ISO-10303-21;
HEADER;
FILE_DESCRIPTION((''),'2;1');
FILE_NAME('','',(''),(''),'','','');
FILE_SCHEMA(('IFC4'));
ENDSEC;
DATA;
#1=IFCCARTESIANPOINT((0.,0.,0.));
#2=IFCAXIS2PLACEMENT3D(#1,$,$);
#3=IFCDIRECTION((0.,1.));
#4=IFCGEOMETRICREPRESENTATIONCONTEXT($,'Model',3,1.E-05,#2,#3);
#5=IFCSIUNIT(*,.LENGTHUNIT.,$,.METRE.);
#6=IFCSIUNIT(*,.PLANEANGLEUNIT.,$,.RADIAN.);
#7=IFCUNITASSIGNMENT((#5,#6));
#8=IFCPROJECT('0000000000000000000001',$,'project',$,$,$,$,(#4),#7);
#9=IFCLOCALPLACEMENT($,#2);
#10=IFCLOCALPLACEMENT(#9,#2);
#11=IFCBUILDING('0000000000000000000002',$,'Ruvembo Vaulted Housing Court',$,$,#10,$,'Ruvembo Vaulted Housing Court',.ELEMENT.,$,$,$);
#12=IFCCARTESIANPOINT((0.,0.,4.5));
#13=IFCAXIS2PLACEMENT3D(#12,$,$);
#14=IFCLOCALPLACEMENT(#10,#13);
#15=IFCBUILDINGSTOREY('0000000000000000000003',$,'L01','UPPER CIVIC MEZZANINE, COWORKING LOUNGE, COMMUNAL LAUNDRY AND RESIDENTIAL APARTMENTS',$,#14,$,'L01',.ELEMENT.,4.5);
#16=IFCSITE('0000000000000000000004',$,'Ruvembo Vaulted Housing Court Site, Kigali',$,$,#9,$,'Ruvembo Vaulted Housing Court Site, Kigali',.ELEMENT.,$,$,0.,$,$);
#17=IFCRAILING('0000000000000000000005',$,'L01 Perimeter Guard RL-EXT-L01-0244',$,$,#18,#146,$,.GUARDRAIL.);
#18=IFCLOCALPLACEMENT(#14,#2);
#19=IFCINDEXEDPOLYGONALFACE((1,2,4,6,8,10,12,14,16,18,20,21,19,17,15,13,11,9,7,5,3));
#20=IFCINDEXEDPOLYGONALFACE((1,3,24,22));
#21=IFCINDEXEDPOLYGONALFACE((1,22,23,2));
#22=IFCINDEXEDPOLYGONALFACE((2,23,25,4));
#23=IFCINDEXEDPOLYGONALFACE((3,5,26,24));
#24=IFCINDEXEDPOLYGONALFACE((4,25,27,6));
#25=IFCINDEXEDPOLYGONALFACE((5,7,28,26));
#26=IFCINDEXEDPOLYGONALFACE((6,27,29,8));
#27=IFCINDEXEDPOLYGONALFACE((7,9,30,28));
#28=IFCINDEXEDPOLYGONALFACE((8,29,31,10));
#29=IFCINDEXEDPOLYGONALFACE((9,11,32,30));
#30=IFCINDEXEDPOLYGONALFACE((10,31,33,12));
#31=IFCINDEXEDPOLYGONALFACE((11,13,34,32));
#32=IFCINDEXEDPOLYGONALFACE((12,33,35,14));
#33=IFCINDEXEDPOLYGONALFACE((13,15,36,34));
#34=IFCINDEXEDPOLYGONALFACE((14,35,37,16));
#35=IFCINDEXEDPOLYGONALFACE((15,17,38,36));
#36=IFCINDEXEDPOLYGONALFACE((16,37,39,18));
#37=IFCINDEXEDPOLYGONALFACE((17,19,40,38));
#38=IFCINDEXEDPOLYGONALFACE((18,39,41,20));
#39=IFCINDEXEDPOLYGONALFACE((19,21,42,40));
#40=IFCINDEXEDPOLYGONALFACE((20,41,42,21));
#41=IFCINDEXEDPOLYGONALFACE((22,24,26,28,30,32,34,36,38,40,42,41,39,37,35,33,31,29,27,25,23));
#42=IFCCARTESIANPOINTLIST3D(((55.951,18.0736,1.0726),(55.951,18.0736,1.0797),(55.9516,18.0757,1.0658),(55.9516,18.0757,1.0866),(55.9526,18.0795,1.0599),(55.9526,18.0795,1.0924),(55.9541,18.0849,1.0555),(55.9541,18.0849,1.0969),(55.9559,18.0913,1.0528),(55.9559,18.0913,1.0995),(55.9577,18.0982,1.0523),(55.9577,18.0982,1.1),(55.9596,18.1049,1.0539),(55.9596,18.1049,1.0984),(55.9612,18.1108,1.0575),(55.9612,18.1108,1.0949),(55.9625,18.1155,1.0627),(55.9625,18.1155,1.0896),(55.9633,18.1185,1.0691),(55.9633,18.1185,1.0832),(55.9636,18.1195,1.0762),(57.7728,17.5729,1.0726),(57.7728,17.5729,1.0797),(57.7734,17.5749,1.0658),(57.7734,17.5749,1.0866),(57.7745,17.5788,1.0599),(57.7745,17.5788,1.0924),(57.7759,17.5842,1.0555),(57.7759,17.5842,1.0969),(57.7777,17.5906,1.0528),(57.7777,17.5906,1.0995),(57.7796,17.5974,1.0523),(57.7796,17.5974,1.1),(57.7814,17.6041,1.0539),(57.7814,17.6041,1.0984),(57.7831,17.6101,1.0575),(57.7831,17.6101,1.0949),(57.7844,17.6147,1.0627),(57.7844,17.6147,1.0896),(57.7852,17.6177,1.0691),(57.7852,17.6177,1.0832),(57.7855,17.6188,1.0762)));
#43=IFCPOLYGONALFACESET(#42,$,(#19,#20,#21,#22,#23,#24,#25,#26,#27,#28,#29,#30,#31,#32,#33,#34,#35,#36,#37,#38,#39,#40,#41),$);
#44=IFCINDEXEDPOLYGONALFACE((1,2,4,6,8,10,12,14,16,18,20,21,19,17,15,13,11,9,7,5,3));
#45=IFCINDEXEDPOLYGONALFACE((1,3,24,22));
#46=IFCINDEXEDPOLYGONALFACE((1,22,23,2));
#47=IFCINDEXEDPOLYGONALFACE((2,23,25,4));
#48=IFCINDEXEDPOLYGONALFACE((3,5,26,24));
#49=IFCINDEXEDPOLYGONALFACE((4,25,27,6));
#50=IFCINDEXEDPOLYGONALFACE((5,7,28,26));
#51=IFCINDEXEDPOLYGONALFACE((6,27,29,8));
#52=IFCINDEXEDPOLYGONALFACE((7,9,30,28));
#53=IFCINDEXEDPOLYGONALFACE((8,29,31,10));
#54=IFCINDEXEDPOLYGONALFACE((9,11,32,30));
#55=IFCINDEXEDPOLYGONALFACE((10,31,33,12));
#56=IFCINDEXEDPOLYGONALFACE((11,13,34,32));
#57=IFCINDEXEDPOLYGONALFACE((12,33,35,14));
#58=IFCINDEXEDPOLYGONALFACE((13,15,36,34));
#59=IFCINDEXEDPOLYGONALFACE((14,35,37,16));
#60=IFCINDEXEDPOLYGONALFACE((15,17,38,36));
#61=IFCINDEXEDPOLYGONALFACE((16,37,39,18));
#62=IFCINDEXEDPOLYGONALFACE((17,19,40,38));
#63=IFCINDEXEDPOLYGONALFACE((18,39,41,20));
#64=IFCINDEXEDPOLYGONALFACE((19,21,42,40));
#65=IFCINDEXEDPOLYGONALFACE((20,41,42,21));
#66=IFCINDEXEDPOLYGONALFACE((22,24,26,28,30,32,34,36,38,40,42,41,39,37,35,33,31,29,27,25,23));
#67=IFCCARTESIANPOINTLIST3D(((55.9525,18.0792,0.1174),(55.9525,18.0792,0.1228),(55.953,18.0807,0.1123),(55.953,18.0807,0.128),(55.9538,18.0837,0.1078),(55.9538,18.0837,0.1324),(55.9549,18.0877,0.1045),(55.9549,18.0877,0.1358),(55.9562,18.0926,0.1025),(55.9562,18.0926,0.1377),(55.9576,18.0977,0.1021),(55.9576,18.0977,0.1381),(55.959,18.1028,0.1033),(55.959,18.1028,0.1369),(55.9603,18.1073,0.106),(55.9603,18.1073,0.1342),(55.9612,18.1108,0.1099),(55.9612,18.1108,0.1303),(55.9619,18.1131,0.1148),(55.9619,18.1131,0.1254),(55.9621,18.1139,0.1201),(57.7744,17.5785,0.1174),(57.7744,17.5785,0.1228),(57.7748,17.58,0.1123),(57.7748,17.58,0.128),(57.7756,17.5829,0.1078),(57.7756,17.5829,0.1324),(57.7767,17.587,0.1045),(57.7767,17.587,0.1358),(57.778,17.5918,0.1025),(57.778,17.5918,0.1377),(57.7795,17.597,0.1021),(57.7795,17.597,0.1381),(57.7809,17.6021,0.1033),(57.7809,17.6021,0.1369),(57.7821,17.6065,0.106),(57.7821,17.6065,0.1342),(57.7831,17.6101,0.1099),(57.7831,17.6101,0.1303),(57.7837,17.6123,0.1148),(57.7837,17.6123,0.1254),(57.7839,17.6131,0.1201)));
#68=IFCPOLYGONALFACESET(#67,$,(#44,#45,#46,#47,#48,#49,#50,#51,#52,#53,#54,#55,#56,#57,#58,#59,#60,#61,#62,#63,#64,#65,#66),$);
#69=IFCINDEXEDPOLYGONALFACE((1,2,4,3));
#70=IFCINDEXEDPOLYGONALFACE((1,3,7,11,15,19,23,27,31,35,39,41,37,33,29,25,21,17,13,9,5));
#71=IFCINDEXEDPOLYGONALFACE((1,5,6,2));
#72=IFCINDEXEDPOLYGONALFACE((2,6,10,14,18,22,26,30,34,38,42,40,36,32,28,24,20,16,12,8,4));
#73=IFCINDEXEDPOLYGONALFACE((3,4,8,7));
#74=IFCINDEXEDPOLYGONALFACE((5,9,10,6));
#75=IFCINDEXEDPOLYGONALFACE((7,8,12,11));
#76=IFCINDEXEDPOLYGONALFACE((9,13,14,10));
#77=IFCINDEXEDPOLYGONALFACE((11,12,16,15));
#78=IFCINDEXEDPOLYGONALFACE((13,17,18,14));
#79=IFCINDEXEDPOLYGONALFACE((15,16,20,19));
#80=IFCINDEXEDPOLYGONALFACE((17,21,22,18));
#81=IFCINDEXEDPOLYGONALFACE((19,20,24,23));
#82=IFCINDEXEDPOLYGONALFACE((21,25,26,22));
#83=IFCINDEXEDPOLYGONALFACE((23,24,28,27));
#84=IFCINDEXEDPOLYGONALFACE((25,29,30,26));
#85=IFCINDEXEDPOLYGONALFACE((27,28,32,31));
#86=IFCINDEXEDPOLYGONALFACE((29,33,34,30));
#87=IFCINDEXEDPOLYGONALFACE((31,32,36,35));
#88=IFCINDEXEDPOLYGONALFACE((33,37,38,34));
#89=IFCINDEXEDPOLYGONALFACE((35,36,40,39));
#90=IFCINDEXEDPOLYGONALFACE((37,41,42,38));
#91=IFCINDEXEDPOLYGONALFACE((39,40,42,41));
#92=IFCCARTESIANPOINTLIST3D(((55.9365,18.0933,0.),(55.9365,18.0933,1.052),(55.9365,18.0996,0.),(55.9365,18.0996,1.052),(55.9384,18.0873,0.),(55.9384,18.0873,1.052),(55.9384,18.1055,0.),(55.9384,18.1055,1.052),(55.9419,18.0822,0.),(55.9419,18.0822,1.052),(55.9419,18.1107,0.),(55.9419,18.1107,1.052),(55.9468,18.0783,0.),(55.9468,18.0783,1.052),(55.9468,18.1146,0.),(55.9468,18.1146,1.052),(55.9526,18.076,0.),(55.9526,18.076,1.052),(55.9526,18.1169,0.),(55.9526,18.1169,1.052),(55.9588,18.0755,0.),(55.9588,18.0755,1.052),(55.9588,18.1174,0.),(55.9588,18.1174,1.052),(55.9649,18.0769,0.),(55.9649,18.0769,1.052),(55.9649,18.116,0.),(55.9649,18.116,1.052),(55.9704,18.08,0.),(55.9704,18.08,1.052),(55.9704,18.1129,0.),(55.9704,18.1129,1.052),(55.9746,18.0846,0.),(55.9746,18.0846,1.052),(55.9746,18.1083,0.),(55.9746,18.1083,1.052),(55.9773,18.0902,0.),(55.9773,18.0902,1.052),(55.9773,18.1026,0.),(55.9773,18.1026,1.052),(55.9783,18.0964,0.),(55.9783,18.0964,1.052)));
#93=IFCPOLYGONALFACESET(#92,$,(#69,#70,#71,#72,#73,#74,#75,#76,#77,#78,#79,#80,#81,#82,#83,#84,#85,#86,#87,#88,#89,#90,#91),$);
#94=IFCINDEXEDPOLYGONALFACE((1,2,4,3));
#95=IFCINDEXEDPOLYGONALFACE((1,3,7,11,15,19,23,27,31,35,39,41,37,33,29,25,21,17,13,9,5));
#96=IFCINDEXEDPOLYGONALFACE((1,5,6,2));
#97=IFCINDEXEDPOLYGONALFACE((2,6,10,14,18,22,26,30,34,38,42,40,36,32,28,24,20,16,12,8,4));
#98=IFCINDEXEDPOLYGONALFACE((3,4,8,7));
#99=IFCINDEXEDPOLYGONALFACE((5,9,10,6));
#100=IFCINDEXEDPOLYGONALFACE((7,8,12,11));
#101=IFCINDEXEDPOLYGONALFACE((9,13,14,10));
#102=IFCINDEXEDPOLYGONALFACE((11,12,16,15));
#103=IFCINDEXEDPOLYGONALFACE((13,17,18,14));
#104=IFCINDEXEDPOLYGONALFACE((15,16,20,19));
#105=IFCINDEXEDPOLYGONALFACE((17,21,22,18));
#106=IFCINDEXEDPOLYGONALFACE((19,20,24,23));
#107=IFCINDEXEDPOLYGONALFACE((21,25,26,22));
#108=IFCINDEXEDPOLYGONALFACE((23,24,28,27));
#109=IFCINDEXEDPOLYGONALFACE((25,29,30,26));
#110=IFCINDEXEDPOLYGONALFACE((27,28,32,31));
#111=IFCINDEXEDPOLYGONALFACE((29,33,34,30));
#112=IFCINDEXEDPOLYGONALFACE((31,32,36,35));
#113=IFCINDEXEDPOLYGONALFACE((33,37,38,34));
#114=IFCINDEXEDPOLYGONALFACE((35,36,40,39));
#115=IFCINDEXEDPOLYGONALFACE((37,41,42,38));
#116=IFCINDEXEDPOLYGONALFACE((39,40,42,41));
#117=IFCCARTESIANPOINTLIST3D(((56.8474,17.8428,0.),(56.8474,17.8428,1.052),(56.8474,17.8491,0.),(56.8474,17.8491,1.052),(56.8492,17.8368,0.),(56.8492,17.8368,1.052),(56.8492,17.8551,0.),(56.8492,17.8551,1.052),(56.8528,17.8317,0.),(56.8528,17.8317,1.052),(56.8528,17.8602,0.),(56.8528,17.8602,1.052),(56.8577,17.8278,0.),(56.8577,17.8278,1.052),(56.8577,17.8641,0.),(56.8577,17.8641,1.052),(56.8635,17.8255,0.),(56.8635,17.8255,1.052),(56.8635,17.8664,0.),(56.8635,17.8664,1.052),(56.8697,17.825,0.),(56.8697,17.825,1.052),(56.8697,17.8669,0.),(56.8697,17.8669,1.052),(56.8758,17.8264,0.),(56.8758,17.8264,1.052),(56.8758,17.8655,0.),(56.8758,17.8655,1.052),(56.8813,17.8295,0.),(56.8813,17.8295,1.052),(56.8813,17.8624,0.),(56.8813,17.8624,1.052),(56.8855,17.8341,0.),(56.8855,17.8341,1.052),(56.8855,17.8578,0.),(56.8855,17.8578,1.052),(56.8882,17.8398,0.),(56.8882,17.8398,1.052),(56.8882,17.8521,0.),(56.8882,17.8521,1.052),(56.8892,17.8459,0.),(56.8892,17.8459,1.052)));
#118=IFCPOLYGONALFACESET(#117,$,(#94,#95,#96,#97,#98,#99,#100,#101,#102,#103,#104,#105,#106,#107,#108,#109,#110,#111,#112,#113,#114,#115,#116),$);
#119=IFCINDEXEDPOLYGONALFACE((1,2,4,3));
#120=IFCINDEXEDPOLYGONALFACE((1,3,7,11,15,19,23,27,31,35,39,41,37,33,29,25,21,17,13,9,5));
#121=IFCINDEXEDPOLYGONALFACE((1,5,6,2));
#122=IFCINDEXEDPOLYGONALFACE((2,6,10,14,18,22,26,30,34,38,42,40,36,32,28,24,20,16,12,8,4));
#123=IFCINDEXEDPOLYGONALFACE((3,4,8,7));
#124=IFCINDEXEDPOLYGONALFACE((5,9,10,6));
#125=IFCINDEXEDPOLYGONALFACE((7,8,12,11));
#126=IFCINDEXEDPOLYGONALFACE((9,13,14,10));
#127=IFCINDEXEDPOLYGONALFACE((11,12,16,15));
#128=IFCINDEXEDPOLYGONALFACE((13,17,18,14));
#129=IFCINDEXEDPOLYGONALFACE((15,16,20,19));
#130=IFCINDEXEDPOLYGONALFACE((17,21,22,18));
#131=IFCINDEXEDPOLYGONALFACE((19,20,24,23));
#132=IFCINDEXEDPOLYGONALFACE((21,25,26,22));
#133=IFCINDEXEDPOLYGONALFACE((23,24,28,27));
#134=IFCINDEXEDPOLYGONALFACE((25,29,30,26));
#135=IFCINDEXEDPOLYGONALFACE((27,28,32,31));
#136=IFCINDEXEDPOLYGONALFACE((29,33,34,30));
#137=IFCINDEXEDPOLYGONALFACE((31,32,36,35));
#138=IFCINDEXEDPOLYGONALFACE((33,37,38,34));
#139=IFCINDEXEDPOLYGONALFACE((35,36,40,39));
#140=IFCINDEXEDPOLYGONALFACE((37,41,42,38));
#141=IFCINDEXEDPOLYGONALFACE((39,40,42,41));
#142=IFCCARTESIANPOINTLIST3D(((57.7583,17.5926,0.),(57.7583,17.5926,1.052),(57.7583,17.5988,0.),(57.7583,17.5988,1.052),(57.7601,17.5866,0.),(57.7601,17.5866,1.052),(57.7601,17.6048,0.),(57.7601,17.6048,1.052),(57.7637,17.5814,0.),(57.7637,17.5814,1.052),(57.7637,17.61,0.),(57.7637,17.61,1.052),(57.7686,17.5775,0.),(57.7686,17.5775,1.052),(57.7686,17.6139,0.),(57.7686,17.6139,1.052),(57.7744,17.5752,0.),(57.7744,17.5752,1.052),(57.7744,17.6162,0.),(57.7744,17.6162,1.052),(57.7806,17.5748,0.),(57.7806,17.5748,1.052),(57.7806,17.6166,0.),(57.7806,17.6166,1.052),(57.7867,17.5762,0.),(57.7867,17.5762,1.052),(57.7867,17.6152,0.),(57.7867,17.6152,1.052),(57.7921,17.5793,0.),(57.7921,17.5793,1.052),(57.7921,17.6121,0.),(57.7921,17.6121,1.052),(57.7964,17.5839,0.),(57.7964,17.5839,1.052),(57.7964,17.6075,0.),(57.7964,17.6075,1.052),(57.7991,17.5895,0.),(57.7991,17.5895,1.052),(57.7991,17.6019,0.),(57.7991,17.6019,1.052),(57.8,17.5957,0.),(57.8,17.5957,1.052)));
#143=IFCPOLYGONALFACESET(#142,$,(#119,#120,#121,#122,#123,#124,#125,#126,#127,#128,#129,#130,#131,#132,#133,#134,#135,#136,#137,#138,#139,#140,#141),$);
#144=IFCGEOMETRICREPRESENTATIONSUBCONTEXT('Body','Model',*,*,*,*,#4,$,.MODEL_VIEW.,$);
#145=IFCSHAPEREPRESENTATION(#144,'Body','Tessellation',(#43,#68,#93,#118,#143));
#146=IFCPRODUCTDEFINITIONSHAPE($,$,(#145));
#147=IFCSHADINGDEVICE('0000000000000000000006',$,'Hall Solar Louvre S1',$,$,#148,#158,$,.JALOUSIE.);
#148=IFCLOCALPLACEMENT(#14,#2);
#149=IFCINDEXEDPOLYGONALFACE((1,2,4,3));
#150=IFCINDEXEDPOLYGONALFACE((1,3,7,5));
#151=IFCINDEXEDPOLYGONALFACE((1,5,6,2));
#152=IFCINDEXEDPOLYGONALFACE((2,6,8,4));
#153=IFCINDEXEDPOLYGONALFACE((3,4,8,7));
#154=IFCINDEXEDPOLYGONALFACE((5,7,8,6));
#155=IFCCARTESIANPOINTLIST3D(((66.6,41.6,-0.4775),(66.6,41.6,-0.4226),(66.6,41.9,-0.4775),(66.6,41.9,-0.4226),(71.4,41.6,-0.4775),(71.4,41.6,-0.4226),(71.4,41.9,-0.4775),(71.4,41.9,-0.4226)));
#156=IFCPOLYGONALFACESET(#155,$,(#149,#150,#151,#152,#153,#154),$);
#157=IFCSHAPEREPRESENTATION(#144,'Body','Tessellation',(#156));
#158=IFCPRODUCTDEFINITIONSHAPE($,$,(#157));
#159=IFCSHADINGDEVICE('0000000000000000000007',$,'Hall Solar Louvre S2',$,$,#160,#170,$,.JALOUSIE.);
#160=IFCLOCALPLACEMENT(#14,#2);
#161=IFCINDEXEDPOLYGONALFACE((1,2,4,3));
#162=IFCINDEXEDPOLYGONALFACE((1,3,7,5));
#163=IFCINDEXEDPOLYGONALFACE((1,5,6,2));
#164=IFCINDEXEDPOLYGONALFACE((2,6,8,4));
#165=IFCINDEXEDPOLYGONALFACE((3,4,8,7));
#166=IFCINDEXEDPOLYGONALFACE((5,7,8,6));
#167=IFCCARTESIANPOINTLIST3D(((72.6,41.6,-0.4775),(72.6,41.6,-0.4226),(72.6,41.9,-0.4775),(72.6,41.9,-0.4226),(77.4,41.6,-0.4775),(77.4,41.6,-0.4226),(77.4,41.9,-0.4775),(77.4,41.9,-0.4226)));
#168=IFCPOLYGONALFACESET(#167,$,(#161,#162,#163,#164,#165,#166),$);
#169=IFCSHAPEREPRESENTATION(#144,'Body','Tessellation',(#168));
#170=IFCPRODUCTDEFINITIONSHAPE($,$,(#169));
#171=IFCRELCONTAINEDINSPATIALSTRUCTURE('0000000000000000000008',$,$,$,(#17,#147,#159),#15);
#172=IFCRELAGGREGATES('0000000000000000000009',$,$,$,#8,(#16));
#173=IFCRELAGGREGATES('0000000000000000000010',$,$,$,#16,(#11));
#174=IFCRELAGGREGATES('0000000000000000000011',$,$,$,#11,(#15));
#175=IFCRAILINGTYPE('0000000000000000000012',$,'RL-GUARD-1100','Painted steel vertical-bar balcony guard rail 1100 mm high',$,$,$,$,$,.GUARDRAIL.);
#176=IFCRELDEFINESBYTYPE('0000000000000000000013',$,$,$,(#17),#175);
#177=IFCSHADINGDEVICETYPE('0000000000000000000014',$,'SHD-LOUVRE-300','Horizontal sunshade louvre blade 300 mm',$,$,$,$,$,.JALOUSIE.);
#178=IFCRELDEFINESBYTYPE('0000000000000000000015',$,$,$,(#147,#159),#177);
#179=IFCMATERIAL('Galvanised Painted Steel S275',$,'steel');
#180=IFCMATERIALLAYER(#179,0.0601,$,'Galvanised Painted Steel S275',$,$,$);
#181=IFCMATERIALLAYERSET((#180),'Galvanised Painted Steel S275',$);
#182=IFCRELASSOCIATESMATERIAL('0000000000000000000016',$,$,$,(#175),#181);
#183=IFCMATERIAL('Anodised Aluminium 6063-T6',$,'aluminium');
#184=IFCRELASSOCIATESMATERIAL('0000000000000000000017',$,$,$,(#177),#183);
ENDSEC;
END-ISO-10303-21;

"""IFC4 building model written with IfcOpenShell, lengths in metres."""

from ifc_helpers import new_model, si_unit, direction, frame, origin, origin_2d, place, context, subcontext, project, spatial, rectangle, circle, extrude, material, layer, layer_set, type_object, element, save


model = new_model("IFC4")

# Units and contexts
model_context = context("Model", 3, precision=1e-05, world=origin(), true_north=direction((0.0, 1.0)))
body_context = subcontext(model_context, "Body", "Model", "MODEL_VIEW")
ifc_project = project(units=[si_unit("LENGTHUNIT", "METRE"), si_unit("PLANEANGLEUNIT", "RADIAN")], contexts=[model_context])

# Site, building, storey
site_placement = place(None, origin())
site = spatial("IfcSite", under=ifc_project, at=site_placement, Name="Ruvembo Vaulted Housing Court Site, Kigali", LongName="Ruvembo Vaulted Housing Court Site, Kigali", CompositionType="ELEMENT", RefElevation=0.0)
building_placement = place(site_placement, origin())
building = spatial("IfcBuilding", under=site, at=building_placement, Name="Ruvembo Vaulted Housing Court", LongName="Ruvembo Vaulted Housing Court", CompositionType="ELEMENT")
storey_placement = place(building_placement, frame((0.0, 0.0, 4.5)))
storey = spatial("IfcBuildingStorey", under=building, at=storey_placement, Name="L01", Description="UPPER CIVIC MEZZANINE, COWORKING LOUNGE, COMMUNAL LAUNDRY AND RESIDENTIAL APARTMENTS", LongName="L01", CompositionType="ELEMENT", Elevation=4.5)

# Shared definitions
ifc_material_1 = material(Name="Anodised Aluminium 6063-T6", Category="aluminium")

# Railing
ifc_material_2 = material(Name="Galvanised Painted Steel S275", Category="steel")
ifc_layer_1 = layer(ifc_material_2, 0.0601, Name="Galvanised Painted Steel S275")
ifc_layer_set_1 = layer_set([ifc_layer_1], Name="Galvanised Painted Steel S275")
railing_type = type_object("IfcRailingType", Name="RL-GUARD-1100", Description="Painted steel vertical-bar balcony guard rail 1100 mm high", PredefinedType="GUARDRAIL", material=ifc_layer_set_1)
railing_placement = place(storey_placement, frame((55.9573, 18.0964, 0.0)))
element("IfcRailing", 1, at=railing_placement, inside=storey, type_object=railing_type, Name="L01 Perimeter Guard RL-EXT-L01-0244", PredefinedType="GUARDRAIL", context=body_context, shape_type="SweptSolid", body=[
    extrude(circle(Radius=0.0239, at=origin_2d()), frame((0.0, 0.0, 1.0762), z_axis=(0.96424, -0.26503, 0.0), x_axis=(0.26503, 0.96424, 0.0)), (0.0, 0.0, 1.0), 1.8894),
    extrude(circle(Radius=0.0181, at=origin_2d()), frame((0.0, 0.0, 0.1201), z_axis=(0.96424, -0.26503, 0.0), x_axis=(0.26503, 0.96424, 0.0)), (0.0, 0.0, 1.0), 1.8894),
    extrude(circle(Radius=0.021, at=origin_2d()), origin(), (0.0, 0.0, 1.0), 1.052),
    extrude(circle(Radius=0.021, at=origin_2d()), frame((0.9109, -0.2505, 0.0)), (0.0, 0.0, 1.0), 1.052),
    extrude(circle(Radius=0.021, at=origin_2d()), frame((1.8218, -0.5007, 0.0)), (0.0, 0.0, 1.0), 1.052),
])

# Shading devices
shading_device_type = type_object("IfcShadingDeviceType", Name="SHD-LOUVRE-300", Description="Horizontal sunshade louvre blade 300 mm", PredefinedType="JALOUSIE", material=ifc_material_1)
for number, where, z_axis, x_axis, name in (
    (2, (69.0, 41.75, -0.4775), (0.0, 0.0, 1.0), (1.0, 0.0, 0.0), "Hall Solar Louvre S1"),
    (3, (75.0, 41.75, -0.4775), (0.0, 0.0, 1.0), (1.0, 0.0, 0.0), "Hall Solar Louvre S2"),
):
    element("IfcShadingDevice", number, at=place(storey_placement, frame(where, z_axis=z_axis, x_axis=x_axis)), inside=storey, type_object=shading_device_type, Name=name, PredefinedType="JALOUSIE", context=body_context, shape_type="SweptSolid", body=[
        extrude(rectangle(XDim=4.8, YDim=0.3, at=origin_2d()), origin(), (0.0, 0.0, 1.0), 0.0549),
    ])

save(model, "model.ifc")
